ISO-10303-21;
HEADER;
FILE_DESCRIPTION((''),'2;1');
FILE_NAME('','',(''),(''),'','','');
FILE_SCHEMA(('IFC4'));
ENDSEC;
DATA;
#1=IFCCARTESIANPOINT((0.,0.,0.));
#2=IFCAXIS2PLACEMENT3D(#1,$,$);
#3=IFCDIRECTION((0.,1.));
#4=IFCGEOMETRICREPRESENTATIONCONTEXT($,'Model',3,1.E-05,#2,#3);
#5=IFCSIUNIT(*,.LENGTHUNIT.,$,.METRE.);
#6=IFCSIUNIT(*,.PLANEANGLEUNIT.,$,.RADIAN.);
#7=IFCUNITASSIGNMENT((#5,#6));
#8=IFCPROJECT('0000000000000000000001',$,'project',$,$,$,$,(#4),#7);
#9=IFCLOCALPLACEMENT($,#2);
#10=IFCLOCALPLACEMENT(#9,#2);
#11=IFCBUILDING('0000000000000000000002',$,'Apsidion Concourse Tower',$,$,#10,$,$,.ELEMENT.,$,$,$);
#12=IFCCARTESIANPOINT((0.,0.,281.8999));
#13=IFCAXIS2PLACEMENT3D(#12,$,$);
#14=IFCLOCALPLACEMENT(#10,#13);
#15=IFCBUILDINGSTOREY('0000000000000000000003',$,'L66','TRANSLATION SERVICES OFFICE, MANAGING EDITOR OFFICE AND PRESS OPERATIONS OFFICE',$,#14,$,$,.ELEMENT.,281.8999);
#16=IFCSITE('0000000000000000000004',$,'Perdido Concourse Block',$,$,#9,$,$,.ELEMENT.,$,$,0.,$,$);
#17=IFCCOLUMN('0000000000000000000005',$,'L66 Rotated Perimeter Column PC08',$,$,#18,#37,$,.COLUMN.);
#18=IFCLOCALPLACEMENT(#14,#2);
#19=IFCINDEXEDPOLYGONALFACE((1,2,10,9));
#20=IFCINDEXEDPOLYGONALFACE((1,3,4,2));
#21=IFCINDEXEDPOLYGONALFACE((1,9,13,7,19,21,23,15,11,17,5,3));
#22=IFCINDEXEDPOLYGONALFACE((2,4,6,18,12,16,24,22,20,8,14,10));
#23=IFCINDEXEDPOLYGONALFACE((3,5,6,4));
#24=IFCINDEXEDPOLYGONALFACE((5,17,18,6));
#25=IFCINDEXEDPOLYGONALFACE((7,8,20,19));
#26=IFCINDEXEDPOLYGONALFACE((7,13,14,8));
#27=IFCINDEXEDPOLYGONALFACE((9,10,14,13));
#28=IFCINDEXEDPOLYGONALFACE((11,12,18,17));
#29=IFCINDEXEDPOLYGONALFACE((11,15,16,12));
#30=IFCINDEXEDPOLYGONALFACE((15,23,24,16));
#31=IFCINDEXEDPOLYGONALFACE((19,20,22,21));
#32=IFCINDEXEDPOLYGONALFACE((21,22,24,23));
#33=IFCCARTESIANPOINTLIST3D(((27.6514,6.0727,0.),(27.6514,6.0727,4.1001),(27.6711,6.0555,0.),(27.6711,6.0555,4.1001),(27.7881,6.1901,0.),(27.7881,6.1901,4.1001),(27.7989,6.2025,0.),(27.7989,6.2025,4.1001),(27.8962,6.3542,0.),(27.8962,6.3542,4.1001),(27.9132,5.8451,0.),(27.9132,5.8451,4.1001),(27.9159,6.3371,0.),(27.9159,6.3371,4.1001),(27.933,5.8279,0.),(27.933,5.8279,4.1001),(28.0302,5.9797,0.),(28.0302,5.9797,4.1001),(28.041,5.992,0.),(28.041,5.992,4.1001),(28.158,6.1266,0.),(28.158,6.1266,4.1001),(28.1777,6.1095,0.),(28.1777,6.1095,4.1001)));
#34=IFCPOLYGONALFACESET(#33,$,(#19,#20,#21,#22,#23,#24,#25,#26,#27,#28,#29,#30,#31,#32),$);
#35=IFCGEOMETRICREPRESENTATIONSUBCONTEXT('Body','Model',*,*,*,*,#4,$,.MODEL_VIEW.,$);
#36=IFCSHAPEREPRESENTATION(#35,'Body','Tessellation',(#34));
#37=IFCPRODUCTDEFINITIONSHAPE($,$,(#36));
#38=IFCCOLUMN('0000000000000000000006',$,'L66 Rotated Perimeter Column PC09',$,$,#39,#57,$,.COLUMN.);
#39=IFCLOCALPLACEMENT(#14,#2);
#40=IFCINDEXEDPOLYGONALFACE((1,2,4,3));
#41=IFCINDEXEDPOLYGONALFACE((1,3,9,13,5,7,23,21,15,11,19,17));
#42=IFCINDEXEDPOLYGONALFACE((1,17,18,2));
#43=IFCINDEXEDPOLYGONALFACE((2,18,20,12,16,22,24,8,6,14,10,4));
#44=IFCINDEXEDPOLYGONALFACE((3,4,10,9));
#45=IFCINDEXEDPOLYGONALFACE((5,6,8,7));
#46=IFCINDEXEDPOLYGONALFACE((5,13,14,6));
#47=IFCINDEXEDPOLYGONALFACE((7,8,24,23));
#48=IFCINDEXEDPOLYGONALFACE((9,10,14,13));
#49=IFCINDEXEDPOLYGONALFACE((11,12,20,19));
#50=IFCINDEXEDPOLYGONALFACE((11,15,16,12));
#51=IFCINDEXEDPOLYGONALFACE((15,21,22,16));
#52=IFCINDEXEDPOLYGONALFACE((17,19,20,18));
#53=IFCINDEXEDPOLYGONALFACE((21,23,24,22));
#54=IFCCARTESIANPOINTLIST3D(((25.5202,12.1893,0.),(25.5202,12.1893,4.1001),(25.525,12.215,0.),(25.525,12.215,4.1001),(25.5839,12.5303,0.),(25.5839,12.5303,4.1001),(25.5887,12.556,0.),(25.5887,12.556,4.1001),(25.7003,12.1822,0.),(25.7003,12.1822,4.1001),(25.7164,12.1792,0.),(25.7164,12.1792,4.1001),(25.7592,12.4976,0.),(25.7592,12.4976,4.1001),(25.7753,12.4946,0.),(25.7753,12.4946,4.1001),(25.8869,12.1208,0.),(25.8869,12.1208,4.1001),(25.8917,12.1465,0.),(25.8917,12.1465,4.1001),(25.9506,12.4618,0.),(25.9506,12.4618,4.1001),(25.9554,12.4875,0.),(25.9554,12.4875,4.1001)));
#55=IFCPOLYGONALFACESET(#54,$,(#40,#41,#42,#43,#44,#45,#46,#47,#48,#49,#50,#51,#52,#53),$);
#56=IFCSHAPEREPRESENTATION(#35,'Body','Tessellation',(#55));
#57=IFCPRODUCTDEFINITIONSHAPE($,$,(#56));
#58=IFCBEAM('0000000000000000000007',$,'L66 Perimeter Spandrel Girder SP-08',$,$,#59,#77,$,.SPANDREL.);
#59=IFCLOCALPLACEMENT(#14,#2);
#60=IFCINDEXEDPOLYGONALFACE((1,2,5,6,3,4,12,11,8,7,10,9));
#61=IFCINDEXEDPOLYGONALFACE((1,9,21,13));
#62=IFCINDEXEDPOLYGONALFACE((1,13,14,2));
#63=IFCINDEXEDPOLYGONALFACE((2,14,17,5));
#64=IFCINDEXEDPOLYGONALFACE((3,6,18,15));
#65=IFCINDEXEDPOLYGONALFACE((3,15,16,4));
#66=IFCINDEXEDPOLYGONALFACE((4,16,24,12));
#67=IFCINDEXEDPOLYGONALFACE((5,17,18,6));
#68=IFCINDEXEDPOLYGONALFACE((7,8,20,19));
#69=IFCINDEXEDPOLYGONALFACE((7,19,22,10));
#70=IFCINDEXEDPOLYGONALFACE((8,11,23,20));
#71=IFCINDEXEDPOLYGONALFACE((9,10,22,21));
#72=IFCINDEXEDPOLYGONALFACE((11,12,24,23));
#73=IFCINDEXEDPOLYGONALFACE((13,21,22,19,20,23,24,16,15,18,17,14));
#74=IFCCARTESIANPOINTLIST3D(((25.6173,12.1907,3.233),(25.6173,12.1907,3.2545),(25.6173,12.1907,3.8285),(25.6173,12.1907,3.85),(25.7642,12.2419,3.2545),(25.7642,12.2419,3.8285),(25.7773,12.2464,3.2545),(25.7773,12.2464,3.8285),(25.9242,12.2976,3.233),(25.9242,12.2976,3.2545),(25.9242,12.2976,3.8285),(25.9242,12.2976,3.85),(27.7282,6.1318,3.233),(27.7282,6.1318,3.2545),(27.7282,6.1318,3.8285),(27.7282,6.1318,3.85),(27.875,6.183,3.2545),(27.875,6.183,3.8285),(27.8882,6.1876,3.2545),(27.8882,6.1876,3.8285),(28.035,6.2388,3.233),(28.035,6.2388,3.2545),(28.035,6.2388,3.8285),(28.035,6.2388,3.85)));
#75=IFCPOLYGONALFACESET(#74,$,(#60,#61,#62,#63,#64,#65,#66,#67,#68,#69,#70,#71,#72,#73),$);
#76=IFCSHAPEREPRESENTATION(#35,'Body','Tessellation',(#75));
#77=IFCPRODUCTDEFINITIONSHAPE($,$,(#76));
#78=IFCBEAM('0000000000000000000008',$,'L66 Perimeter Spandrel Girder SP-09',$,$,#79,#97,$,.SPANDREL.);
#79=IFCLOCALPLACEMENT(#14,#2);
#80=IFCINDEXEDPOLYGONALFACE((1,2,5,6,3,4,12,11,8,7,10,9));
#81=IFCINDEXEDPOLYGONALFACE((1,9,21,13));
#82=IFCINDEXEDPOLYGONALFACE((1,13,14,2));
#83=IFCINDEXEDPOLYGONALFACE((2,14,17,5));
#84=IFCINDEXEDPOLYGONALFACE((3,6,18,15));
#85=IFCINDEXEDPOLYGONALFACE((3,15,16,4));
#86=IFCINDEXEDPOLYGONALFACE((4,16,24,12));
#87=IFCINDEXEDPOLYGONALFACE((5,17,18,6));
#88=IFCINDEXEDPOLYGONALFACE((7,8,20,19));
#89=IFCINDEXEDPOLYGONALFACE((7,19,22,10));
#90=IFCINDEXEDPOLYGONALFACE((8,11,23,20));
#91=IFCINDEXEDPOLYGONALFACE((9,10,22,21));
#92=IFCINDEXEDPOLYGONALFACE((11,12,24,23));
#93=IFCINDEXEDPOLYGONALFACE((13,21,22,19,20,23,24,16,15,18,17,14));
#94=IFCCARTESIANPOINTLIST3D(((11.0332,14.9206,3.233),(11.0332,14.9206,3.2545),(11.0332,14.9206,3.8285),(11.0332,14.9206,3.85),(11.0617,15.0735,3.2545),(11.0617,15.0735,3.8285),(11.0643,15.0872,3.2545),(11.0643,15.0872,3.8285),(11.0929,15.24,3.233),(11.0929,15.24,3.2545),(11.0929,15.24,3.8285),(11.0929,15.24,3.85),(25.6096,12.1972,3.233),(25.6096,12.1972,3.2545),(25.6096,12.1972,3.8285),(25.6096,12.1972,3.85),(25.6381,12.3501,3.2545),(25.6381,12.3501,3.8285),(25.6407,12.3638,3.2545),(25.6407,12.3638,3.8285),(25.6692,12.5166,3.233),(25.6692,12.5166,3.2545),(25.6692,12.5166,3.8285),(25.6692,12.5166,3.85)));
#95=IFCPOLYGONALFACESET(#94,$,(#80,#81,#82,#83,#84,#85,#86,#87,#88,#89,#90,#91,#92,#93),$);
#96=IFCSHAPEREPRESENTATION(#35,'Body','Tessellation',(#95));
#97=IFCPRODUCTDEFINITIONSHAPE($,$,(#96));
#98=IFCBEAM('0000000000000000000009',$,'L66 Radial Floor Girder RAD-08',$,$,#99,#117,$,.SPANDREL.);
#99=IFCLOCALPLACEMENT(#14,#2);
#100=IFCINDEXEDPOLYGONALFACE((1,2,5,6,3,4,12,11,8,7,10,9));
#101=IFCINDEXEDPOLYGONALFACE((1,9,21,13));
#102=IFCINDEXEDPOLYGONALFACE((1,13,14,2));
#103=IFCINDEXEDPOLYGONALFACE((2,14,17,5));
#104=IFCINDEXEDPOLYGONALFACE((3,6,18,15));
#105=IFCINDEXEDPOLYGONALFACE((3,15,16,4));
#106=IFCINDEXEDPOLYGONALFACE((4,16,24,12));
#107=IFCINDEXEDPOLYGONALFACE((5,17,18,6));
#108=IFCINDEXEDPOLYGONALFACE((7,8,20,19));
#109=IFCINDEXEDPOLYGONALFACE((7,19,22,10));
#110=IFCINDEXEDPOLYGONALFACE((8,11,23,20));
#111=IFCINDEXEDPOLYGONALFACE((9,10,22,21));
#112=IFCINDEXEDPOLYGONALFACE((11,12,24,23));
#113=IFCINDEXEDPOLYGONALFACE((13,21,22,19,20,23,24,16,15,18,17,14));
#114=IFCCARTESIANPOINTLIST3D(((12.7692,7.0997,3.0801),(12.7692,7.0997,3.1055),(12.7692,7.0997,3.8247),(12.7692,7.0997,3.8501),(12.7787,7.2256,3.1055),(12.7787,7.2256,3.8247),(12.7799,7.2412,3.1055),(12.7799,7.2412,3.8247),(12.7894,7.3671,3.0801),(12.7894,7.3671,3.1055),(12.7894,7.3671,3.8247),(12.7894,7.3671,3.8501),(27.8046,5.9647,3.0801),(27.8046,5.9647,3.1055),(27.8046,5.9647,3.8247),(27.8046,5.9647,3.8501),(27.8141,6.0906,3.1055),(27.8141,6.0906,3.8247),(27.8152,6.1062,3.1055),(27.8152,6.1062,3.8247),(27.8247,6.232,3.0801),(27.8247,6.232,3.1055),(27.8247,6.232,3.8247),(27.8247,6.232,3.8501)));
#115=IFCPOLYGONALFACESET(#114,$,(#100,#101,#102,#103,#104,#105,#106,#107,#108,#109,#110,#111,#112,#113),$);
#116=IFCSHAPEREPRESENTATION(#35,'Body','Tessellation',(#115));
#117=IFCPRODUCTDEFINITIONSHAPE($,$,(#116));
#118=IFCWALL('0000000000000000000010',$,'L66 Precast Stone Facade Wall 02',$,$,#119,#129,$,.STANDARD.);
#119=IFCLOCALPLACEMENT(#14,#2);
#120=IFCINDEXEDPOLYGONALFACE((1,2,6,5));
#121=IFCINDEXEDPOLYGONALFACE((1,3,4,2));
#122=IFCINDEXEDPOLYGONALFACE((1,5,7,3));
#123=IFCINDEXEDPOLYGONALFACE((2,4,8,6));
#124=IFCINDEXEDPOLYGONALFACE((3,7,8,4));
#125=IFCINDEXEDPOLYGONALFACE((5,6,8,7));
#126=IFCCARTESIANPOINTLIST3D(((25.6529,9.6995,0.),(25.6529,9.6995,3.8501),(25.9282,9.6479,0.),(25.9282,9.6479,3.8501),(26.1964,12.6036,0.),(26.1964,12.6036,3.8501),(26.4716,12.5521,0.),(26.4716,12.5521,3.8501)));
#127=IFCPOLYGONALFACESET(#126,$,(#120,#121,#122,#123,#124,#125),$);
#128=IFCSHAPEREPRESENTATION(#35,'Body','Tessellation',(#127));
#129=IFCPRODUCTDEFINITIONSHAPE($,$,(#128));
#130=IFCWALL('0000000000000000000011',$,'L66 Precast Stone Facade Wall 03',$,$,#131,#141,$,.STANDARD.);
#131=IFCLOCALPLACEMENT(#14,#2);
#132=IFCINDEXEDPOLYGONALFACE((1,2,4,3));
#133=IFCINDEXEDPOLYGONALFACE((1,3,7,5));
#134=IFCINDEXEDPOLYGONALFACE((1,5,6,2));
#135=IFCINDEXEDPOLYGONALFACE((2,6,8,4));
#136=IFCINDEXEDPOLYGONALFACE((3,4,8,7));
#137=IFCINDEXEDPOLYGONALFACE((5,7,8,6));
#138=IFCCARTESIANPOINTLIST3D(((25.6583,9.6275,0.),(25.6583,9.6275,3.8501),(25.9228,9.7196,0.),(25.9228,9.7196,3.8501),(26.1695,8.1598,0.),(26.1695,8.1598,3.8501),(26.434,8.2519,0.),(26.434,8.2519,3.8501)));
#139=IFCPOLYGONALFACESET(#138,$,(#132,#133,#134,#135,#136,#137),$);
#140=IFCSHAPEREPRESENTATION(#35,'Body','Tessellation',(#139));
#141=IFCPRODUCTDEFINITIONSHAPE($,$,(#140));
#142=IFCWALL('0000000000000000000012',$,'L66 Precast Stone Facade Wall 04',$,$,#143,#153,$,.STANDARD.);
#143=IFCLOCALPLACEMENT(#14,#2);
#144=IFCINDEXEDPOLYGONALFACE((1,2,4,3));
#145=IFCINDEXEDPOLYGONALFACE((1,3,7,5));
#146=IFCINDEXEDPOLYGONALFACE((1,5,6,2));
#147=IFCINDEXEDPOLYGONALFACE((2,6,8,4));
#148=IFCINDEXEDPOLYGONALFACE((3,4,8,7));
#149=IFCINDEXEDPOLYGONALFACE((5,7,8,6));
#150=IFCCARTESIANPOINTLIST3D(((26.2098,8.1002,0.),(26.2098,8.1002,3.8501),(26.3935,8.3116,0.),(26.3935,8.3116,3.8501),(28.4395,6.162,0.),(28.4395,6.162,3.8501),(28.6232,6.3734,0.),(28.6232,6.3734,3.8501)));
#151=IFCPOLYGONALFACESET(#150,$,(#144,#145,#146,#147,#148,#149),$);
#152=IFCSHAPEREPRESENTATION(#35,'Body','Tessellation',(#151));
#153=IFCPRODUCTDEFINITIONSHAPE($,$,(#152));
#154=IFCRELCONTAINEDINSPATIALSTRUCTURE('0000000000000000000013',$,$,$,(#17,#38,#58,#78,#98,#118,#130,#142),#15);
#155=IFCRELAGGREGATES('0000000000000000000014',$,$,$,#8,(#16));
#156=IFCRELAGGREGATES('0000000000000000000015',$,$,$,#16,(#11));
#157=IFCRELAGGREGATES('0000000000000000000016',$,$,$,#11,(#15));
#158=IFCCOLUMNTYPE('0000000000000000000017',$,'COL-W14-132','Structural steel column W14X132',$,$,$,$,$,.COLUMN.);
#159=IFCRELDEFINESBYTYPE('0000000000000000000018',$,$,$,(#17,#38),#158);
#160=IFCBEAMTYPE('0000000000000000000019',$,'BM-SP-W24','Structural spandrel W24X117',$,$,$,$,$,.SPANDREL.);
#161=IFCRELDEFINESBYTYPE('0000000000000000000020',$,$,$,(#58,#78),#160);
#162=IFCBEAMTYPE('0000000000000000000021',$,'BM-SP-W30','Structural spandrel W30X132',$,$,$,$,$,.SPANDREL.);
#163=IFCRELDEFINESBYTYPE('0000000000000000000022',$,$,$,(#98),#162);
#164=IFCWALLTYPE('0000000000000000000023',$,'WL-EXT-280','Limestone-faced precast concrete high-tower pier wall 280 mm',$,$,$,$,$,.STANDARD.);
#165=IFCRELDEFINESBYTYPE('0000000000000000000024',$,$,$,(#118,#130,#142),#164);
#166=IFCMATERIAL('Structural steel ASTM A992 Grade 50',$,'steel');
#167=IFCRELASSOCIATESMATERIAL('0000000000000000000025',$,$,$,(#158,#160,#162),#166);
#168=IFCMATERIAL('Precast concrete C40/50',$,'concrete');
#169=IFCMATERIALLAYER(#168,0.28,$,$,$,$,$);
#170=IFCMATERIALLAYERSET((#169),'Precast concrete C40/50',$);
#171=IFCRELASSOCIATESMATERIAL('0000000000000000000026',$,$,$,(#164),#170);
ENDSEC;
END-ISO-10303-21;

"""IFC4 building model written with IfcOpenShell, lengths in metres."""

from ifc_helpers import new_model, si_unit, direction, frame, frame_2d, origin, origin_2d, place, context, subcontext, project, spatial, rectangle, i_section, extrude, material, layer, layer_set, material_profile, profile_set, type_object, element, save


model = new_model("IFC4")

# Units and contexts
model_context = context("Model", 3, precision=1e-05, world=origin(), true_north=direction((0.0, 1.0)))
body_context = subcontext(model_context, "Body", "Model", "MODEL_VIEW")
ifc_project = project(units=[si_unit("LENGTHUNIT", "METRE"), si_unit("PLANEANGLEUNIT", "RADIAN")], contexts=[model_context])

# Site, building, storey
site_placement = place(None, origin())
site = spatial("IfcSite", under=ifc_project, at=site_placement, Name="Perdido Concourse Block", CompositionType="ELEMENT", RefElevation=0.0)
building_placement = place(site_placement, origin())
building = spatial("IfcBuilding", under=site, at=building_placement, Name="Apsidion Concourse Tower", CompositionType="ELEMENT")
storey_placement = place(building_placement, frame((0.0, 0.0, 281.8999)))
storey = spatial("IfcBuildingStorey", under=building, at=storey_placement, Name="L66", Description="TRANSLATION SERVICES OFFICE, MANAGING EDITOR OFFICE AND PRESS OPERATIONS OFFICE", CompositionType="ELEMENT", Elevation=281.8999)

# Columns
ifc_material_1 = material(Name="Structural steel ASTM A992 Grade 50", Category="steel")
ifc_material_profile_1 = material_profile(ifc_material_1, i_section(OverallWidth=0.373, OverallDepth=0.373, WebThickness=0.0164, FlangeThickness=0.0261, at=origin_2d()), Name="W14X132")
ifc_profile_set_1 = profile_set([ifc_material_profile_1], Name="Structural steel ASTM A992 Grade 50")
column_type = type_object("IfcColumnType", Name="COL-W14-132", Description="Structural steel column W14X132", PredefinedType="COLUMN", material=ifc_profile_set_1)
for number, where, z_axis, x_axis, name in (
    (1, (27.9146, 6.0911, 0.0), (0.0, 0.0, 1.0), (0.656059, 0.75471, 0.0), "L66 Rotated Perimeter Column PC08"),
    (2, (25.7378, 12.3384, 0.0), (0.0, 0.0, 1.0), (-0.983, 0.183608, 0.0), "L66 Rotated Perimeter Column PC09"),
):
    element("IfcColumn", number, at=place(storey_placement, frame(where, z_axis=z_axis, x_axis=x_axis)), inside=storey, type_object=column_type, Name=name, PredefinedType="COLUMN", context=body_context, shape_type="SweptSolid", body=[
        extrude(i_section(OverallWidth=0.373, OverallDepth=0.373, WebThickness=0.0164, FlangeThickness=0.0261, at=origin_2d()), origin(), (0.0, 0.0, 1.0), 4.1001),
    ])

# Beams
ifc_material_profile_2 = material_profile(ifc_material_1, i_section(OverallWidth=0.325, OverallDepth=0.6169, WebThickness=0.0139, FlangeThickness=0.0215, at=origin_2d()), Name="W24X117")
ifc_profile_set_2 = profile_set([ifc_material_profile_2], Name="Structural steel ASTM A992 Grade 50")
beam_type_1 = type_object("IfcBeamType", Name="BM-SP-W24", Description="Structural spandrel W24X117", PredefinedType="SPANDREL", material=ifc_profile_set_2)
beam_1_placement = place(storey_placement, frame((27.8816, 6.1853, 3.5415), z_axis=(-0.328996, 0.944331, 0.0), x_axis=(-0.944331, -0.328996, 0.0)))
element("IfcBeam", 3, at=beam_1_placement, inside=storey, type_object=beam_type_1, Name="L66 Perimeter Spandrel Girder SP-08", PredefinedType="SPANDREL", context=body_context, shape_type="SweptSolid", body=[
    extrude(i_section(OverallWidth=0.325, OverallDepth=0.6169, WebThickness=0.0139, FlangeThickness=0.0215, at=origin_2d()), origin(), (0.0, 0.0, 1.0), 6.416),
])
beam_2_placement = place(storey_placement, frame((25.6394, 12.3569, 3.5415), z_axis=(-0.98299, 0.183657, 0.0), x_axis=(-0.183657, -0.98299, 0.0)))
element("IfcBeam", 4, at=beam_2_placement, inside=storey, type_object=beam_type_1, Name="L66 Perimeter Spandrel Girder SP-09", PredefinedType="SPANDREL", context=body_context, shape_type="SweptSolid", body=[
    extrude(i_section(OverallWidth=0.325, OverallDepth=0.6169, WebThickness=0.0139, FlangeThickness=0.0215, at=origin_2d()), origin(), (0.0, 0.0, 1.0), 14.8286),
])
ifc_material_profile_3 = material_profile(ifc_material_1, i_section(OverallWidth=0.2681, OverallDepth=0.77, WebThickness=0.0156, FlangeThickness=0.0254, at=origin_2d()), Name="W30X132")
ifc_profile_set_3 = profile_set([ifc_material_profile_3], Name="Structural steel ASTM A992 Grade 50")
beam_type_2 = type_object("IfcBeamType", Name="BM-SP-W30", Description="Structural spandrel W30X132", PredefinedType="SPANDREL", material=ifc_profile_set_3)
beam_3_placement = place(storey_placement, frame((12.7793, 7.2334, 3.4651), z_axis=(0.997163, -0.075275, 0.0), x_axis=(0.075275, 0.997163, 0.0)))
element("IfcBeam", 5, at=beam_3_placement, inside=storey, type_object=beam_type_2, Name="L66 Radial Floor Girder RAD-08", PredefinedType="SPANDREL", context=body_context, shape_type="SweptSolid", body=[
    extrude(i_section(OverallWidth=0.2681, OverallDepth=0.77, WebThickness=0.0156, FlangeThickness=0.0254, at=origin_2d()), origin(), (0.0, 0.0, 1.0), 15.0781),
])

# Walls
ifc_material_2 = material(Name="Precast concrete C40/50", Category="concrete")
ifc_layer_1 = layer(ifc_material_2, 0.28)
ifc_layer_set_1 = layer_set([ifc_layer_1], Name="Precast concrete C40/50")
wall_type_1 = type_object("IfcWallType", Name="WL-EXT-280", Description="Limestone-faced precast concrete high-tower pier wall 280 mm", PredefinedType="STANDARD", material=ifc_layer_set_1)
wall_1_placement = place(storey_placement, frame((26.334, 12.5779, 0.0), z_axis=(0.0, 0.0, 1.0), x_axis=(-0.183929, -0.982939, 0.0)))
element("IfcWall", 6, at=wall_1_placement, inside=storey, type_object=wall_type_1, Name="L66 Precast Stone Facade Wall 02", PredefinedType="STANDARD", context=body_context, shape_type="SweptSolid", body=[
    extrude(rectangle(XDim=2.9546, YDim=0.28, at=frame_2d((1.4773, 0.0))), origin(), (0.0, 0.0, 1.0), 3.8501),
])
wall_2_placement = place(storey_placement, frame((25.7905, 9.6736, 0.0), z_axis=(0.0, 0.0, 1.0), x_axis=(0.328923, -0.944357, 0.0)))
element("IfcWall", 7, at=wall_2_placement, inside=storey, type_object=wall_type_1, Name="L66 Precast Stone Facade Wall 03", PredefinedType="STANDARD", context=body_context, shape_type="SweptSolid", body=[
    extrude(rectangle(XDim=1.5542, YDim=0.28, at=frame_2d((0.7771, 0.0))), origin(), (0.0, 0.0, 1.0), 3.8501),
])
wall_3_placement = place(storey_placement, frame((26.3018, 8.2058, 0.0), z_axis=(0.0, 0.0, 1.0), x_axis=(0.754718, -0.65605, 0.0)))
element("IfcWall", 8, at=wall_3_placement, inside=storey, type_object=wall_type_1, Name="L66 Precast Stone Facade Wall 04", PredefinedType="STANDARD", context=body_context, shape_type="SweptSolid", body=[
    extrude(rectangle(XDim=2.9543, YDim=0.28, at=frame_2d((1.4771, 0.0))), origin(), (0.0, 0.0, 1.0), 3.8501),
])

save(model, "model.ifc")
